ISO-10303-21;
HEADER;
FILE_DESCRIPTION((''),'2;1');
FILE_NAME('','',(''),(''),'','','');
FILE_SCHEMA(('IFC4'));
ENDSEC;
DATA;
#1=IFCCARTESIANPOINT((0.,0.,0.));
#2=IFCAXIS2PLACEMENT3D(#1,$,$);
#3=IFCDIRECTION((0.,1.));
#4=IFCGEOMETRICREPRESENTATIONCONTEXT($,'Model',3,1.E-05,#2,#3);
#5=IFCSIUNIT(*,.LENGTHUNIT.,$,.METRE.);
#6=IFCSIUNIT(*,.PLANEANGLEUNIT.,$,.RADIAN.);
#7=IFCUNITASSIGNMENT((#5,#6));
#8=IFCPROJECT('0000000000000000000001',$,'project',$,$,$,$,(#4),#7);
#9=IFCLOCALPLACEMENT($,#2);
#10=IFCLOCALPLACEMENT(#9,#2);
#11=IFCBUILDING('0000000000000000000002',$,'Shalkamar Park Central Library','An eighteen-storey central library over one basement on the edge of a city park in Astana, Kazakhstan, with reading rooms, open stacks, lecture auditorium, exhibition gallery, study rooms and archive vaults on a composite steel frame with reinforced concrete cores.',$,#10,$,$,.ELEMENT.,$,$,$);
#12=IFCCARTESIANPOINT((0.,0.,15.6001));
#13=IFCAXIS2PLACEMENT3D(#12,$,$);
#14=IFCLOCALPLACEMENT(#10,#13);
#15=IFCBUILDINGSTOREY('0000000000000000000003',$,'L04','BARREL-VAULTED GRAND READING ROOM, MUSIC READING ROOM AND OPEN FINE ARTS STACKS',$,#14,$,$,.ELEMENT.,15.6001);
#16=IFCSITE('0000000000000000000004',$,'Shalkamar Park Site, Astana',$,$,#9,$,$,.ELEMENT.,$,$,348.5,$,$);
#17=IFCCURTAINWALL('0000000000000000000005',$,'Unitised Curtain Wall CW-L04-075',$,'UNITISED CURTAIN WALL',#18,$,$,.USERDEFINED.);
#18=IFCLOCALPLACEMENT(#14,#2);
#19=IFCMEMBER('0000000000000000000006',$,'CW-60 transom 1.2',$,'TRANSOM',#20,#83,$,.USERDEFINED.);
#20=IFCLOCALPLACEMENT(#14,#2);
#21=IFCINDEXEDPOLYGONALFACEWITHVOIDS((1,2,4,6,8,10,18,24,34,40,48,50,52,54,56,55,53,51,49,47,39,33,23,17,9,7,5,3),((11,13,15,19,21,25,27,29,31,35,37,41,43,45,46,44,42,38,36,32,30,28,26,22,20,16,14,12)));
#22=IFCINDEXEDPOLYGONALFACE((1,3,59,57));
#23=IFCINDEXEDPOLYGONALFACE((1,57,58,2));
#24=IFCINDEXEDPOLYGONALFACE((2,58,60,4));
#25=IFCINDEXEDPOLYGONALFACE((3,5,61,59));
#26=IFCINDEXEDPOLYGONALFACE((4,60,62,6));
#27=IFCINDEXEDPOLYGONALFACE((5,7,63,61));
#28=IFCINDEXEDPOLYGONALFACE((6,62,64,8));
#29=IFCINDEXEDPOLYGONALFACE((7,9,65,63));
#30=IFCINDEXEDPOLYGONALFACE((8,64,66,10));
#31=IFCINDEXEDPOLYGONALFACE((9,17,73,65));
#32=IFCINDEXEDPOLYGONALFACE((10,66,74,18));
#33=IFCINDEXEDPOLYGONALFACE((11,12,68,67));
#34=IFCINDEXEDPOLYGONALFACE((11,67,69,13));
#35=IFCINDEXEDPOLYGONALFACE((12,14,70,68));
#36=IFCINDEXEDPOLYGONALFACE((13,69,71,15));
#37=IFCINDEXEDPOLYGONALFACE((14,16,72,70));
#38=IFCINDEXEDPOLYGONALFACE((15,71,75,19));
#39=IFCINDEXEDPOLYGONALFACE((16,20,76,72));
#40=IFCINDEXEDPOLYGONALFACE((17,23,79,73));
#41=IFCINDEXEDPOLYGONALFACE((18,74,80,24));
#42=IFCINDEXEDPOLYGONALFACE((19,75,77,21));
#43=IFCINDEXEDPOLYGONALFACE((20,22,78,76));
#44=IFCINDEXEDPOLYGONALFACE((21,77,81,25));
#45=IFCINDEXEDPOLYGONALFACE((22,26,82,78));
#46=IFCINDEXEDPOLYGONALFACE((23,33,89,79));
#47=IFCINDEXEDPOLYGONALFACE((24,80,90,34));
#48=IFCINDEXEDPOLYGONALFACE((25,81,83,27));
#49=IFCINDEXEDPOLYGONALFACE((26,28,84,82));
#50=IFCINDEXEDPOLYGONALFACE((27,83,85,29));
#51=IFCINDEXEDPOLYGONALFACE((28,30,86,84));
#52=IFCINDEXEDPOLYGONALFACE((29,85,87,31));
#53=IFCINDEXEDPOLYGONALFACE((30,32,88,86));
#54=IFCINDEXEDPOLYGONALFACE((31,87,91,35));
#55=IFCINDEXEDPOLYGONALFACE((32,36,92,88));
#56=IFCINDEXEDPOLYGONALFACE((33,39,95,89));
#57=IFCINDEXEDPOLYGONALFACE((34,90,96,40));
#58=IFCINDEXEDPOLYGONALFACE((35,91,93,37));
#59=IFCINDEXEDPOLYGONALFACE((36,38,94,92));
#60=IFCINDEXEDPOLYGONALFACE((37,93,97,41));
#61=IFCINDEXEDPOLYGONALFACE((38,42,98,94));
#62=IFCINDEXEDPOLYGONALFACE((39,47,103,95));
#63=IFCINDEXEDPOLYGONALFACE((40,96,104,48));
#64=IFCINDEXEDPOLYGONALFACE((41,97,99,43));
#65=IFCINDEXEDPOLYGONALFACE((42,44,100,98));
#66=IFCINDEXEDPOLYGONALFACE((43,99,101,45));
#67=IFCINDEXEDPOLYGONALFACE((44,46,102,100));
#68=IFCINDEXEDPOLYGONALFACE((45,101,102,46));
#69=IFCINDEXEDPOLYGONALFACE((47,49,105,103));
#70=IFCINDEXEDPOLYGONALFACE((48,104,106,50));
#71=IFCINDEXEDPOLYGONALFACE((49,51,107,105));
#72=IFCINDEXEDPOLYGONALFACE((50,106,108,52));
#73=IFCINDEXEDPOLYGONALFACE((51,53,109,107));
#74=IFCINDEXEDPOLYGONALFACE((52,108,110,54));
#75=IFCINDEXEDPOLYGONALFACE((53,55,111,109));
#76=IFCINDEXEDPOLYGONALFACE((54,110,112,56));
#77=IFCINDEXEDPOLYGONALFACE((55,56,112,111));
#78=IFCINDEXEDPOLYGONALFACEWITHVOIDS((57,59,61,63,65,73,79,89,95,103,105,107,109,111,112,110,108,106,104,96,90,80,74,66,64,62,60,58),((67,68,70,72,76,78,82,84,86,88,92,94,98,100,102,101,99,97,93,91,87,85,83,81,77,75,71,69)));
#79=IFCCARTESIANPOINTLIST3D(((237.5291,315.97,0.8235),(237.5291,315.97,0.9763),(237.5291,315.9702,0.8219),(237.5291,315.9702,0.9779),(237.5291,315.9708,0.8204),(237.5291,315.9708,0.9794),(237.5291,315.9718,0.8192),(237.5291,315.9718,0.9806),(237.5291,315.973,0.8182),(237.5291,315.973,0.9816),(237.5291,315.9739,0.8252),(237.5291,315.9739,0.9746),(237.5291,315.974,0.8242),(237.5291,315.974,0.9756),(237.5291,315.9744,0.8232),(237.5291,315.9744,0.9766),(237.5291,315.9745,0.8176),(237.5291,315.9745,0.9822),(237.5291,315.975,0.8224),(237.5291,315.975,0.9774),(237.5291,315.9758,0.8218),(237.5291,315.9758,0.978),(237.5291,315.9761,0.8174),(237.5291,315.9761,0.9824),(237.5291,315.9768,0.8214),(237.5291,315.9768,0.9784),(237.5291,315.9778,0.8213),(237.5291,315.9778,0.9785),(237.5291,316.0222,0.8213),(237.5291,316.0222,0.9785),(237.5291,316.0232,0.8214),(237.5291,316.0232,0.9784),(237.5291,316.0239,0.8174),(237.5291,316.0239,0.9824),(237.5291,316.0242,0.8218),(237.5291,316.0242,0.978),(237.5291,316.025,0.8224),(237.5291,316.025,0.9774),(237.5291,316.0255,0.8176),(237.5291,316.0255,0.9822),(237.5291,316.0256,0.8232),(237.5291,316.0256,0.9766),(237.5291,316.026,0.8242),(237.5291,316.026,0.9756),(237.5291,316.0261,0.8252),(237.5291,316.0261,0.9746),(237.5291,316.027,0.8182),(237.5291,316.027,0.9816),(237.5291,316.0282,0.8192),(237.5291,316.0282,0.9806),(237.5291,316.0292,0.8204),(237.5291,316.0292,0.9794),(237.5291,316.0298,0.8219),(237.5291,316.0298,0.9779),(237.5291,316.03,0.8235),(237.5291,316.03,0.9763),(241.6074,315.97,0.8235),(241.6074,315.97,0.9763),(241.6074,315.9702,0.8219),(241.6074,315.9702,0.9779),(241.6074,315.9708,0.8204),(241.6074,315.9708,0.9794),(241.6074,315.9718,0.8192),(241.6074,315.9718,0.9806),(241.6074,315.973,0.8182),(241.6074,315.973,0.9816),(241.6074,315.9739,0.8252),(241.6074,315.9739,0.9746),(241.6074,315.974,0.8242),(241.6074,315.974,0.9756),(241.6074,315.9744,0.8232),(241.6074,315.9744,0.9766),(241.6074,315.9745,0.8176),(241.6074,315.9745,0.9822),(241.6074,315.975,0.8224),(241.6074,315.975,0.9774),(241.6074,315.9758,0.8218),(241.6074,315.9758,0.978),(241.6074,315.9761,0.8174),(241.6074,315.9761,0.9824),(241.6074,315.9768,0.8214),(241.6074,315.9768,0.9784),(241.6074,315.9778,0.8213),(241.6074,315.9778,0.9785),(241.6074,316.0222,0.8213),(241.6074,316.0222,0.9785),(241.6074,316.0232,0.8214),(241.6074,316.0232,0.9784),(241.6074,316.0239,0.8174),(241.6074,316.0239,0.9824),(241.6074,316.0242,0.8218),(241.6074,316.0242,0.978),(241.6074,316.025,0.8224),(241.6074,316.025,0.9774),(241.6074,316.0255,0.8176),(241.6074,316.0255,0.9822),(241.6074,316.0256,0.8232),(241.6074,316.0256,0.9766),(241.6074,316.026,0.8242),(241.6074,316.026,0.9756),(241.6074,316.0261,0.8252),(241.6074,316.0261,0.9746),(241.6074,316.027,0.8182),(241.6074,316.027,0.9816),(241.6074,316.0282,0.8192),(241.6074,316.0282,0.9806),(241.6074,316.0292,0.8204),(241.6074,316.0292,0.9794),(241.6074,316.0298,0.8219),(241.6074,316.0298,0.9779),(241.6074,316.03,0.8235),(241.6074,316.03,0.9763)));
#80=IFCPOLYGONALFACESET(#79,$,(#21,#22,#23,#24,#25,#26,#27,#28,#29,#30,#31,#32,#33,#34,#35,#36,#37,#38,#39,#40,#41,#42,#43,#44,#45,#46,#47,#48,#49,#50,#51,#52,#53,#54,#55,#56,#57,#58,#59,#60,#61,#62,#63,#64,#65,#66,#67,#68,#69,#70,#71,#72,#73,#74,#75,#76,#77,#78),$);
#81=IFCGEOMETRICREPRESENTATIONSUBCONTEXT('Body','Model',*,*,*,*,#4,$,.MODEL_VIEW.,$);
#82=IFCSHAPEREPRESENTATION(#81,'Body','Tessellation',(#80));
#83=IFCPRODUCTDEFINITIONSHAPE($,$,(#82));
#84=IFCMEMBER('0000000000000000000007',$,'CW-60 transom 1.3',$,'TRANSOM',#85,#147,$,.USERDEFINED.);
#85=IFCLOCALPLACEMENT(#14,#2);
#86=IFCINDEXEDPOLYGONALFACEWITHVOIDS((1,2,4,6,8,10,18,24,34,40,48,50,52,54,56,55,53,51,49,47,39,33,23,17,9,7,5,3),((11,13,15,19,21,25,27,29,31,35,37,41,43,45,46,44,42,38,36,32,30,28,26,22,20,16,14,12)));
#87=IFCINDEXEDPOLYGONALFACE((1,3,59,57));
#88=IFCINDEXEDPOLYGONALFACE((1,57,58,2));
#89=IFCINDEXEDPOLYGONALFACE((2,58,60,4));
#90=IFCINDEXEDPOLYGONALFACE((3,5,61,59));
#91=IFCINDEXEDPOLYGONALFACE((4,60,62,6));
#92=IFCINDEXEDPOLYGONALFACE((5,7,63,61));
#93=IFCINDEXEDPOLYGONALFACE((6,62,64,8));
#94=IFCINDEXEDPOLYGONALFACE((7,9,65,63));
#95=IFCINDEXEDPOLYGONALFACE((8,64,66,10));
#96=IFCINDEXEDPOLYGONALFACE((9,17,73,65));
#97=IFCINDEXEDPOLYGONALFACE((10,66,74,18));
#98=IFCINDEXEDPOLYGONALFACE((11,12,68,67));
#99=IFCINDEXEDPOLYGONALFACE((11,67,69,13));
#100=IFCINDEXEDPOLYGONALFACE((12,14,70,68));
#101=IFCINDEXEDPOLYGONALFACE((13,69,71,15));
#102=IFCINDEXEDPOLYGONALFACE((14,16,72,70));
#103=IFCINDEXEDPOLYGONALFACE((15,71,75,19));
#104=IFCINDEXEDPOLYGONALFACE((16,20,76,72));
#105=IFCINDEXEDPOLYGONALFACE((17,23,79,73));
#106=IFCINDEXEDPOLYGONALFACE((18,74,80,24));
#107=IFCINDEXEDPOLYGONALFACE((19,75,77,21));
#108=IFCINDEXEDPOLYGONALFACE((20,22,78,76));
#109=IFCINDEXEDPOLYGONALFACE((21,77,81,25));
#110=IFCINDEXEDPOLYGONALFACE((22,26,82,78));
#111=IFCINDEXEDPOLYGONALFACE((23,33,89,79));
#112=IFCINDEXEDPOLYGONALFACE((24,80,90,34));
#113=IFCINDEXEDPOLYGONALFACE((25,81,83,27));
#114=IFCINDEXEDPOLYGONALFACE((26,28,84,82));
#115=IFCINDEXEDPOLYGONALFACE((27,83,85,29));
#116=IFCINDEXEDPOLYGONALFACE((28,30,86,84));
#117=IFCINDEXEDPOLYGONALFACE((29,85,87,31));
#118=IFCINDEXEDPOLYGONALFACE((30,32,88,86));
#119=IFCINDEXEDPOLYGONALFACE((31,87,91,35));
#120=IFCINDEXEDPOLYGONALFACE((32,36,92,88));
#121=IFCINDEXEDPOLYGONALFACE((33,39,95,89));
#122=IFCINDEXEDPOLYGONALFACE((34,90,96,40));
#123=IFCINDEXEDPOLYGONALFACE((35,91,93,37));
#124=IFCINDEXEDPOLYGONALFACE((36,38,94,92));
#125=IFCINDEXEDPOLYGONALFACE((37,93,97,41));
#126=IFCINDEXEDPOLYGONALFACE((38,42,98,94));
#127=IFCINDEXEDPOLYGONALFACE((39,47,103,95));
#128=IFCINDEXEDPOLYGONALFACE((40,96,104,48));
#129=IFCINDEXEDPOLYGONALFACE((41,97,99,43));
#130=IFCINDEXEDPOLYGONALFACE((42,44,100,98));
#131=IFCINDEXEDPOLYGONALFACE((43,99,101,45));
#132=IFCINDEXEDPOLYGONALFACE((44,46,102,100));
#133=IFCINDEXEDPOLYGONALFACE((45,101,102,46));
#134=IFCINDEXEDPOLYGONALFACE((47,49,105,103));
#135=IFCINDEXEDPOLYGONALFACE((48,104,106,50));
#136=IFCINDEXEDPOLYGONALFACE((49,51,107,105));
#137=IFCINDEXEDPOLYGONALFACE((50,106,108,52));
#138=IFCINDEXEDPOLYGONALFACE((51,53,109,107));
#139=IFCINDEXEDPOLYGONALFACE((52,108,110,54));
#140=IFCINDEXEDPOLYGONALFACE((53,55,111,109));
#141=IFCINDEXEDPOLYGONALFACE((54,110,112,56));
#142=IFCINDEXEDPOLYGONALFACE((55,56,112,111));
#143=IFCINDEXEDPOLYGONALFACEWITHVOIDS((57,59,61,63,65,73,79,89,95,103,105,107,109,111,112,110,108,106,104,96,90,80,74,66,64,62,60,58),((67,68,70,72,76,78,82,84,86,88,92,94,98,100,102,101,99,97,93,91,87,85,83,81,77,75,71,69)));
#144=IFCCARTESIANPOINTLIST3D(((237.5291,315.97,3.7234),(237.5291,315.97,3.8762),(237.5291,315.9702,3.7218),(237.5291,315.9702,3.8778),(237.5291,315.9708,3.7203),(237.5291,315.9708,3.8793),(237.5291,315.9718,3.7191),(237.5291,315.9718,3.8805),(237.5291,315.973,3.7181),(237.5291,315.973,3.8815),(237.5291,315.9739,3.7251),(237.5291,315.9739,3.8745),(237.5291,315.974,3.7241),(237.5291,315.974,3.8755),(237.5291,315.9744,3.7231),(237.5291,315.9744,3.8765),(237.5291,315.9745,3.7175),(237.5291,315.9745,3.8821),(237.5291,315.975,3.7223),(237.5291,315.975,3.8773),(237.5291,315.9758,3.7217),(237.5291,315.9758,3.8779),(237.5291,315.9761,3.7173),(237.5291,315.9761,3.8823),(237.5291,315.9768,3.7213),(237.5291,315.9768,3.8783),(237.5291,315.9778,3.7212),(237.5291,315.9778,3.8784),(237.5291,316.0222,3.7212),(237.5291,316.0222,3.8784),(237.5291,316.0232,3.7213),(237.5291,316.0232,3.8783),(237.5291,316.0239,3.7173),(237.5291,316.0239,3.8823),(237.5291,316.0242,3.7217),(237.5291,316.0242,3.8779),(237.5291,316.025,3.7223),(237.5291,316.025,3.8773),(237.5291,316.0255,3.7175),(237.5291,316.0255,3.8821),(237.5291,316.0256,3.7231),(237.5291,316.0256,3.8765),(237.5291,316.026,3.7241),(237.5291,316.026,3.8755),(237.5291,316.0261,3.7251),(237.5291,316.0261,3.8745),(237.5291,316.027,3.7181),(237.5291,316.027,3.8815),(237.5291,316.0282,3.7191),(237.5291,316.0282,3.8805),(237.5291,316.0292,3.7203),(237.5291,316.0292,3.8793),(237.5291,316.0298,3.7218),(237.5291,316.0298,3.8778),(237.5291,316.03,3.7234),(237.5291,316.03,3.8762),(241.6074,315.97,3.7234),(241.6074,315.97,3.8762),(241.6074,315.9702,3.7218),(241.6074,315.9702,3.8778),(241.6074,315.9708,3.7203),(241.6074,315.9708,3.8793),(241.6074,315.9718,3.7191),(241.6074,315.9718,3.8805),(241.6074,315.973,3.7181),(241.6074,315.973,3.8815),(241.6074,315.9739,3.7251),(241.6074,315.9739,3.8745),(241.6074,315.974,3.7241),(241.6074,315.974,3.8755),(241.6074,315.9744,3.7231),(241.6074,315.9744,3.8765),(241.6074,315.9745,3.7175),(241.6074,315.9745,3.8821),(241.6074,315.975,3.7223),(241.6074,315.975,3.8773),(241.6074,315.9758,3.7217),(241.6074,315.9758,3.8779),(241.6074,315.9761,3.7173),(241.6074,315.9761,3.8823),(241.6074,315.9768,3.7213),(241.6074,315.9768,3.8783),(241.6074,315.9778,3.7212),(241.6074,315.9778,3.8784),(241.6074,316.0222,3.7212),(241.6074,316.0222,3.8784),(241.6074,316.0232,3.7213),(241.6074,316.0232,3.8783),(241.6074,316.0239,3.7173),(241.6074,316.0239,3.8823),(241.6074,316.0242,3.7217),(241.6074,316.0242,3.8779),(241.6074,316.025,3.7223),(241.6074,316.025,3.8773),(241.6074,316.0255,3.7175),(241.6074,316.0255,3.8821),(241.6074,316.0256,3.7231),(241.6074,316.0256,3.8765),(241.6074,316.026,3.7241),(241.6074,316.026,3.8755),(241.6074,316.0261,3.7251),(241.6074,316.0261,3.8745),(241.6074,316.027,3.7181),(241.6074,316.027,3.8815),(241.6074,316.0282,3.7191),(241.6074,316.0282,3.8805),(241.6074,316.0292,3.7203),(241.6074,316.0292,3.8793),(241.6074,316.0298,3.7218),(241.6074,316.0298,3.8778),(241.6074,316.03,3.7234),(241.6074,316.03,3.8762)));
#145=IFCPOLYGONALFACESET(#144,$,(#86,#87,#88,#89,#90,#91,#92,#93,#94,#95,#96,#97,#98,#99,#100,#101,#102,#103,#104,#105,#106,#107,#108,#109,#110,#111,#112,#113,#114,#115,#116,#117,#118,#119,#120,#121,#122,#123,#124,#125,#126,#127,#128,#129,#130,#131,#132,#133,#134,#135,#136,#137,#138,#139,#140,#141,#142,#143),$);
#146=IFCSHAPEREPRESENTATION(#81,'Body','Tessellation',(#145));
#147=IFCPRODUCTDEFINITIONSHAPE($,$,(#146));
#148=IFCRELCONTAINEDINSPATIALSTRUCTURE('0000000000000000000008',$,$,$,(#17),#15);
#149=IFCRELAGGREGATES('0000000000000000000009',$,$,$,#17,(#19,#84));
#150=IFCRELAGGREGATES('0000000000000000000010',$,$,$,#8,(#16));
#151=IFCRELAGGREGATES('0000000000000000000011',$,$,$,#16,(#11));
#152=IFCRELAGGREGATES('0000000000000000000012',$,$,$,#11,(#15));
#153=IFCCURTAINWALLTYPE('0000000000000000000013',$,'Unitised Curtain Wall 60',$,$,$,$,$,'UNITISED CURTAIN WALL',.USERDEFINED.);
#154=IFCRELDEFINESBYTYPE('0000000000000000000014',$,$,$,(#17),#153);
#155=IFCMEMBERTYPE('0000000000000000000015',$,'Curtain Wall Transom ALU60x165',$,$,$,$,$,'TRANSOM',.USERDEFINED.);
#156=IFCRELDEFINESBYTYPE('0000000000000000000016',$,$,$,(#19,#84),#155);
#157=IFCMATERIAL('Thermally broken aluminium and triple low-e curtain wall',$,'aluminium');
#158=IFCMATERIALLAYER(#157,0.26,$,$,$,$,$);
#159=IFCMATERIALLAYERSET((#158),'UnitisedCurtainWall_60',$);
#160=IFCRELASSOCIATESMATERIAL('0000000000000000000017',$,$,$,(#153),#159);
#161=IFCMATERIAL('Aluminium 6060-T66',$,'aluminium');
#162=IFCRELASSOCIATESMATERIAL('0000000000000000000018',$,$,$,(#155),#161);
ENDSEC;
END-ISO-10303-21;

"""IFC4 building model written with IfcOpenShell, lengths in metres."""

from ifc_helpers import new_model, si_unit, direction, frame, origin, origin_2d, place, context, subcontext, project, spatial, hollow_rectangle, extrude, material, layer, layer_set, material_profile, profile_set, type_object, element, aggregate, save


model = new_model("IFC4")

# Units and contexts
model_context = context("Model", 3, precision=1e-05, world=origin(), true_north=direction((0.0, 1.0)))
body_context = subcontext(model_context, "Body", "Model", "MODEL_VIEW")
ifc_project = project(units=[si_unit("LENGTHUNIT", "METRE"), si_unit("PLANEANGLEUNIT", "RADIAN")], contexts=[model_context])

# Site, building, storey
site_placement = place(None, origin())
site = spatial("IfcSite", under=ifc_project, at=site_placement, Name="Shalkamar Park Site, Astana", CompositionType="ELEMENT", RefElevation=348.5)
building_placement = place(site_placement, origin())
building = spatial("IfcBuilding", under=site, at=building_placement, Name="Shalkamar Park Central Library", Description="An eighteen-storey central library over one basement on the edge of a city park in Astana, Kazakhstan, with reading rooms, open stacks, lecture auditorium, exhibition gallery, study rooms and archive vaults on a composite steel frame with reinforced concrete cores.", CompositionType="ELEMENT")
storey_placement = place(building_placement, frame((0.0, 0.0, 15.6001)))
storey = spatial("IfcBuildingStorey", under=building, at=storey_placement, Name="L04", Description="BARREL-VAULTED GRAND READING ROOM, MUSIC READING ROOM AND OPEN FINE ARTS STACKS", CompositionType="ELEMENT", Elevation=15.6001)

# Curtain wall
ifc_material_1 = material(Name="Thermally broken aluminium and triple low-e curtain wall", Category="aluminium")
ifc_layer_1 = layer(ifc_material_1, 0.26)
ifc_layer_set_1 = layer_set([ifc_layer_1], Name="UnitisedCurtainWall_60")
curtain_wall_type_1 = type_object("IfcCurtainWallType", Name="Unitised Curtain Wall 60", ElementType="UNITISED CURTAIN WALL", PredefinedType="USERDEFINED", material=ifc_layer_set_1)
curtain_wall_1_placement = place(storey_placement, origin())
curtain_wall_1 = element("IfcCurtainWall", 1, at=curtain_wall_1_placement, inside=storey, type_object=curtain_wall_type_1, Name="Unitised Curtain Wall CW-L04-075", ObjectType="UNITISED CURTAIN WALL", PredefinedType="USERDEFINED")
ifc_material_2 = material(Name="Aluminium 6060-T66", Category="aluminium")

# Members
ifc_material_profile_1 = material_profile(ifc_material_2, hollow_rectangle(XDim=0.0601, YDim=0.165, WallThickness=0.0039, InnerFilletRadius=0.0039, OuterFilletRadius=0.0061, at=origin_2d()), Name="ALU 60x165x4")
ifc_profile_set_1 = profile_set([ifc_material_profile_1], Name="Aluminium 6060-T66")
member_type_1 = type_object("IfcMemberType", Name="Curtain Wall Transom ALU60x165", ElementType="TRANSOM", PredefinedType="USERDEFINED", material=ifc_profile_set_1)
member_1_placement = place(storey_placement, frame((237.5291, 316.0, 0.8999), z_axis=(1.0, 0.0, 0.0), x_axis=(0.0, 1.0, 0.0)))
member_1 = element("IfcMember", 2, at=member_1_placement, type_object=member_type_1, Name="CW-60 transom 1.2", ObjectType="TRANSOM", PredefinedType="USERDEFINED", context=body_context, shape_type="SweptSolid", body=[
    extrude(hollow_rectangle(XDim=0.0601, YDim=0.165, WallThickness=0.0039, InnerFilletRadius=0.0039, OuterFilletRadius=0.0061, at=origin_2d()), origin(), (0.0, 0.0, 1.0), 4.0784),
])
member_2_placement = place(storey_placement, frame((237.5291, 316.0, 3.7998), z_axis=(1.0, 0.0, 0.0), x_axis=(0.0, 1.0, 0.0)))
member_2 = element("IfcMember", 3, at=member_2_placement, type_object=member_type_1, Name="CW-60 transom 1.3", ObjectType="TRANSOM", PredefinedType="USERDEFINED", context=body_context, shape_type="SweptSolid", body=[
    extrude(hollow_rectangle(XDim=0.0601, YDim=0.165, WallThickness=0.0039, InnerFilletRadius=0.0039, OuterFilletRadius=0.0061, at=origin_2d()), origin(), (0.0, 0.0, 1.0), 4.0784),
])

aggregate(curtain_wall_1, [member_1, member_2])

save(model, "model.ifc")
